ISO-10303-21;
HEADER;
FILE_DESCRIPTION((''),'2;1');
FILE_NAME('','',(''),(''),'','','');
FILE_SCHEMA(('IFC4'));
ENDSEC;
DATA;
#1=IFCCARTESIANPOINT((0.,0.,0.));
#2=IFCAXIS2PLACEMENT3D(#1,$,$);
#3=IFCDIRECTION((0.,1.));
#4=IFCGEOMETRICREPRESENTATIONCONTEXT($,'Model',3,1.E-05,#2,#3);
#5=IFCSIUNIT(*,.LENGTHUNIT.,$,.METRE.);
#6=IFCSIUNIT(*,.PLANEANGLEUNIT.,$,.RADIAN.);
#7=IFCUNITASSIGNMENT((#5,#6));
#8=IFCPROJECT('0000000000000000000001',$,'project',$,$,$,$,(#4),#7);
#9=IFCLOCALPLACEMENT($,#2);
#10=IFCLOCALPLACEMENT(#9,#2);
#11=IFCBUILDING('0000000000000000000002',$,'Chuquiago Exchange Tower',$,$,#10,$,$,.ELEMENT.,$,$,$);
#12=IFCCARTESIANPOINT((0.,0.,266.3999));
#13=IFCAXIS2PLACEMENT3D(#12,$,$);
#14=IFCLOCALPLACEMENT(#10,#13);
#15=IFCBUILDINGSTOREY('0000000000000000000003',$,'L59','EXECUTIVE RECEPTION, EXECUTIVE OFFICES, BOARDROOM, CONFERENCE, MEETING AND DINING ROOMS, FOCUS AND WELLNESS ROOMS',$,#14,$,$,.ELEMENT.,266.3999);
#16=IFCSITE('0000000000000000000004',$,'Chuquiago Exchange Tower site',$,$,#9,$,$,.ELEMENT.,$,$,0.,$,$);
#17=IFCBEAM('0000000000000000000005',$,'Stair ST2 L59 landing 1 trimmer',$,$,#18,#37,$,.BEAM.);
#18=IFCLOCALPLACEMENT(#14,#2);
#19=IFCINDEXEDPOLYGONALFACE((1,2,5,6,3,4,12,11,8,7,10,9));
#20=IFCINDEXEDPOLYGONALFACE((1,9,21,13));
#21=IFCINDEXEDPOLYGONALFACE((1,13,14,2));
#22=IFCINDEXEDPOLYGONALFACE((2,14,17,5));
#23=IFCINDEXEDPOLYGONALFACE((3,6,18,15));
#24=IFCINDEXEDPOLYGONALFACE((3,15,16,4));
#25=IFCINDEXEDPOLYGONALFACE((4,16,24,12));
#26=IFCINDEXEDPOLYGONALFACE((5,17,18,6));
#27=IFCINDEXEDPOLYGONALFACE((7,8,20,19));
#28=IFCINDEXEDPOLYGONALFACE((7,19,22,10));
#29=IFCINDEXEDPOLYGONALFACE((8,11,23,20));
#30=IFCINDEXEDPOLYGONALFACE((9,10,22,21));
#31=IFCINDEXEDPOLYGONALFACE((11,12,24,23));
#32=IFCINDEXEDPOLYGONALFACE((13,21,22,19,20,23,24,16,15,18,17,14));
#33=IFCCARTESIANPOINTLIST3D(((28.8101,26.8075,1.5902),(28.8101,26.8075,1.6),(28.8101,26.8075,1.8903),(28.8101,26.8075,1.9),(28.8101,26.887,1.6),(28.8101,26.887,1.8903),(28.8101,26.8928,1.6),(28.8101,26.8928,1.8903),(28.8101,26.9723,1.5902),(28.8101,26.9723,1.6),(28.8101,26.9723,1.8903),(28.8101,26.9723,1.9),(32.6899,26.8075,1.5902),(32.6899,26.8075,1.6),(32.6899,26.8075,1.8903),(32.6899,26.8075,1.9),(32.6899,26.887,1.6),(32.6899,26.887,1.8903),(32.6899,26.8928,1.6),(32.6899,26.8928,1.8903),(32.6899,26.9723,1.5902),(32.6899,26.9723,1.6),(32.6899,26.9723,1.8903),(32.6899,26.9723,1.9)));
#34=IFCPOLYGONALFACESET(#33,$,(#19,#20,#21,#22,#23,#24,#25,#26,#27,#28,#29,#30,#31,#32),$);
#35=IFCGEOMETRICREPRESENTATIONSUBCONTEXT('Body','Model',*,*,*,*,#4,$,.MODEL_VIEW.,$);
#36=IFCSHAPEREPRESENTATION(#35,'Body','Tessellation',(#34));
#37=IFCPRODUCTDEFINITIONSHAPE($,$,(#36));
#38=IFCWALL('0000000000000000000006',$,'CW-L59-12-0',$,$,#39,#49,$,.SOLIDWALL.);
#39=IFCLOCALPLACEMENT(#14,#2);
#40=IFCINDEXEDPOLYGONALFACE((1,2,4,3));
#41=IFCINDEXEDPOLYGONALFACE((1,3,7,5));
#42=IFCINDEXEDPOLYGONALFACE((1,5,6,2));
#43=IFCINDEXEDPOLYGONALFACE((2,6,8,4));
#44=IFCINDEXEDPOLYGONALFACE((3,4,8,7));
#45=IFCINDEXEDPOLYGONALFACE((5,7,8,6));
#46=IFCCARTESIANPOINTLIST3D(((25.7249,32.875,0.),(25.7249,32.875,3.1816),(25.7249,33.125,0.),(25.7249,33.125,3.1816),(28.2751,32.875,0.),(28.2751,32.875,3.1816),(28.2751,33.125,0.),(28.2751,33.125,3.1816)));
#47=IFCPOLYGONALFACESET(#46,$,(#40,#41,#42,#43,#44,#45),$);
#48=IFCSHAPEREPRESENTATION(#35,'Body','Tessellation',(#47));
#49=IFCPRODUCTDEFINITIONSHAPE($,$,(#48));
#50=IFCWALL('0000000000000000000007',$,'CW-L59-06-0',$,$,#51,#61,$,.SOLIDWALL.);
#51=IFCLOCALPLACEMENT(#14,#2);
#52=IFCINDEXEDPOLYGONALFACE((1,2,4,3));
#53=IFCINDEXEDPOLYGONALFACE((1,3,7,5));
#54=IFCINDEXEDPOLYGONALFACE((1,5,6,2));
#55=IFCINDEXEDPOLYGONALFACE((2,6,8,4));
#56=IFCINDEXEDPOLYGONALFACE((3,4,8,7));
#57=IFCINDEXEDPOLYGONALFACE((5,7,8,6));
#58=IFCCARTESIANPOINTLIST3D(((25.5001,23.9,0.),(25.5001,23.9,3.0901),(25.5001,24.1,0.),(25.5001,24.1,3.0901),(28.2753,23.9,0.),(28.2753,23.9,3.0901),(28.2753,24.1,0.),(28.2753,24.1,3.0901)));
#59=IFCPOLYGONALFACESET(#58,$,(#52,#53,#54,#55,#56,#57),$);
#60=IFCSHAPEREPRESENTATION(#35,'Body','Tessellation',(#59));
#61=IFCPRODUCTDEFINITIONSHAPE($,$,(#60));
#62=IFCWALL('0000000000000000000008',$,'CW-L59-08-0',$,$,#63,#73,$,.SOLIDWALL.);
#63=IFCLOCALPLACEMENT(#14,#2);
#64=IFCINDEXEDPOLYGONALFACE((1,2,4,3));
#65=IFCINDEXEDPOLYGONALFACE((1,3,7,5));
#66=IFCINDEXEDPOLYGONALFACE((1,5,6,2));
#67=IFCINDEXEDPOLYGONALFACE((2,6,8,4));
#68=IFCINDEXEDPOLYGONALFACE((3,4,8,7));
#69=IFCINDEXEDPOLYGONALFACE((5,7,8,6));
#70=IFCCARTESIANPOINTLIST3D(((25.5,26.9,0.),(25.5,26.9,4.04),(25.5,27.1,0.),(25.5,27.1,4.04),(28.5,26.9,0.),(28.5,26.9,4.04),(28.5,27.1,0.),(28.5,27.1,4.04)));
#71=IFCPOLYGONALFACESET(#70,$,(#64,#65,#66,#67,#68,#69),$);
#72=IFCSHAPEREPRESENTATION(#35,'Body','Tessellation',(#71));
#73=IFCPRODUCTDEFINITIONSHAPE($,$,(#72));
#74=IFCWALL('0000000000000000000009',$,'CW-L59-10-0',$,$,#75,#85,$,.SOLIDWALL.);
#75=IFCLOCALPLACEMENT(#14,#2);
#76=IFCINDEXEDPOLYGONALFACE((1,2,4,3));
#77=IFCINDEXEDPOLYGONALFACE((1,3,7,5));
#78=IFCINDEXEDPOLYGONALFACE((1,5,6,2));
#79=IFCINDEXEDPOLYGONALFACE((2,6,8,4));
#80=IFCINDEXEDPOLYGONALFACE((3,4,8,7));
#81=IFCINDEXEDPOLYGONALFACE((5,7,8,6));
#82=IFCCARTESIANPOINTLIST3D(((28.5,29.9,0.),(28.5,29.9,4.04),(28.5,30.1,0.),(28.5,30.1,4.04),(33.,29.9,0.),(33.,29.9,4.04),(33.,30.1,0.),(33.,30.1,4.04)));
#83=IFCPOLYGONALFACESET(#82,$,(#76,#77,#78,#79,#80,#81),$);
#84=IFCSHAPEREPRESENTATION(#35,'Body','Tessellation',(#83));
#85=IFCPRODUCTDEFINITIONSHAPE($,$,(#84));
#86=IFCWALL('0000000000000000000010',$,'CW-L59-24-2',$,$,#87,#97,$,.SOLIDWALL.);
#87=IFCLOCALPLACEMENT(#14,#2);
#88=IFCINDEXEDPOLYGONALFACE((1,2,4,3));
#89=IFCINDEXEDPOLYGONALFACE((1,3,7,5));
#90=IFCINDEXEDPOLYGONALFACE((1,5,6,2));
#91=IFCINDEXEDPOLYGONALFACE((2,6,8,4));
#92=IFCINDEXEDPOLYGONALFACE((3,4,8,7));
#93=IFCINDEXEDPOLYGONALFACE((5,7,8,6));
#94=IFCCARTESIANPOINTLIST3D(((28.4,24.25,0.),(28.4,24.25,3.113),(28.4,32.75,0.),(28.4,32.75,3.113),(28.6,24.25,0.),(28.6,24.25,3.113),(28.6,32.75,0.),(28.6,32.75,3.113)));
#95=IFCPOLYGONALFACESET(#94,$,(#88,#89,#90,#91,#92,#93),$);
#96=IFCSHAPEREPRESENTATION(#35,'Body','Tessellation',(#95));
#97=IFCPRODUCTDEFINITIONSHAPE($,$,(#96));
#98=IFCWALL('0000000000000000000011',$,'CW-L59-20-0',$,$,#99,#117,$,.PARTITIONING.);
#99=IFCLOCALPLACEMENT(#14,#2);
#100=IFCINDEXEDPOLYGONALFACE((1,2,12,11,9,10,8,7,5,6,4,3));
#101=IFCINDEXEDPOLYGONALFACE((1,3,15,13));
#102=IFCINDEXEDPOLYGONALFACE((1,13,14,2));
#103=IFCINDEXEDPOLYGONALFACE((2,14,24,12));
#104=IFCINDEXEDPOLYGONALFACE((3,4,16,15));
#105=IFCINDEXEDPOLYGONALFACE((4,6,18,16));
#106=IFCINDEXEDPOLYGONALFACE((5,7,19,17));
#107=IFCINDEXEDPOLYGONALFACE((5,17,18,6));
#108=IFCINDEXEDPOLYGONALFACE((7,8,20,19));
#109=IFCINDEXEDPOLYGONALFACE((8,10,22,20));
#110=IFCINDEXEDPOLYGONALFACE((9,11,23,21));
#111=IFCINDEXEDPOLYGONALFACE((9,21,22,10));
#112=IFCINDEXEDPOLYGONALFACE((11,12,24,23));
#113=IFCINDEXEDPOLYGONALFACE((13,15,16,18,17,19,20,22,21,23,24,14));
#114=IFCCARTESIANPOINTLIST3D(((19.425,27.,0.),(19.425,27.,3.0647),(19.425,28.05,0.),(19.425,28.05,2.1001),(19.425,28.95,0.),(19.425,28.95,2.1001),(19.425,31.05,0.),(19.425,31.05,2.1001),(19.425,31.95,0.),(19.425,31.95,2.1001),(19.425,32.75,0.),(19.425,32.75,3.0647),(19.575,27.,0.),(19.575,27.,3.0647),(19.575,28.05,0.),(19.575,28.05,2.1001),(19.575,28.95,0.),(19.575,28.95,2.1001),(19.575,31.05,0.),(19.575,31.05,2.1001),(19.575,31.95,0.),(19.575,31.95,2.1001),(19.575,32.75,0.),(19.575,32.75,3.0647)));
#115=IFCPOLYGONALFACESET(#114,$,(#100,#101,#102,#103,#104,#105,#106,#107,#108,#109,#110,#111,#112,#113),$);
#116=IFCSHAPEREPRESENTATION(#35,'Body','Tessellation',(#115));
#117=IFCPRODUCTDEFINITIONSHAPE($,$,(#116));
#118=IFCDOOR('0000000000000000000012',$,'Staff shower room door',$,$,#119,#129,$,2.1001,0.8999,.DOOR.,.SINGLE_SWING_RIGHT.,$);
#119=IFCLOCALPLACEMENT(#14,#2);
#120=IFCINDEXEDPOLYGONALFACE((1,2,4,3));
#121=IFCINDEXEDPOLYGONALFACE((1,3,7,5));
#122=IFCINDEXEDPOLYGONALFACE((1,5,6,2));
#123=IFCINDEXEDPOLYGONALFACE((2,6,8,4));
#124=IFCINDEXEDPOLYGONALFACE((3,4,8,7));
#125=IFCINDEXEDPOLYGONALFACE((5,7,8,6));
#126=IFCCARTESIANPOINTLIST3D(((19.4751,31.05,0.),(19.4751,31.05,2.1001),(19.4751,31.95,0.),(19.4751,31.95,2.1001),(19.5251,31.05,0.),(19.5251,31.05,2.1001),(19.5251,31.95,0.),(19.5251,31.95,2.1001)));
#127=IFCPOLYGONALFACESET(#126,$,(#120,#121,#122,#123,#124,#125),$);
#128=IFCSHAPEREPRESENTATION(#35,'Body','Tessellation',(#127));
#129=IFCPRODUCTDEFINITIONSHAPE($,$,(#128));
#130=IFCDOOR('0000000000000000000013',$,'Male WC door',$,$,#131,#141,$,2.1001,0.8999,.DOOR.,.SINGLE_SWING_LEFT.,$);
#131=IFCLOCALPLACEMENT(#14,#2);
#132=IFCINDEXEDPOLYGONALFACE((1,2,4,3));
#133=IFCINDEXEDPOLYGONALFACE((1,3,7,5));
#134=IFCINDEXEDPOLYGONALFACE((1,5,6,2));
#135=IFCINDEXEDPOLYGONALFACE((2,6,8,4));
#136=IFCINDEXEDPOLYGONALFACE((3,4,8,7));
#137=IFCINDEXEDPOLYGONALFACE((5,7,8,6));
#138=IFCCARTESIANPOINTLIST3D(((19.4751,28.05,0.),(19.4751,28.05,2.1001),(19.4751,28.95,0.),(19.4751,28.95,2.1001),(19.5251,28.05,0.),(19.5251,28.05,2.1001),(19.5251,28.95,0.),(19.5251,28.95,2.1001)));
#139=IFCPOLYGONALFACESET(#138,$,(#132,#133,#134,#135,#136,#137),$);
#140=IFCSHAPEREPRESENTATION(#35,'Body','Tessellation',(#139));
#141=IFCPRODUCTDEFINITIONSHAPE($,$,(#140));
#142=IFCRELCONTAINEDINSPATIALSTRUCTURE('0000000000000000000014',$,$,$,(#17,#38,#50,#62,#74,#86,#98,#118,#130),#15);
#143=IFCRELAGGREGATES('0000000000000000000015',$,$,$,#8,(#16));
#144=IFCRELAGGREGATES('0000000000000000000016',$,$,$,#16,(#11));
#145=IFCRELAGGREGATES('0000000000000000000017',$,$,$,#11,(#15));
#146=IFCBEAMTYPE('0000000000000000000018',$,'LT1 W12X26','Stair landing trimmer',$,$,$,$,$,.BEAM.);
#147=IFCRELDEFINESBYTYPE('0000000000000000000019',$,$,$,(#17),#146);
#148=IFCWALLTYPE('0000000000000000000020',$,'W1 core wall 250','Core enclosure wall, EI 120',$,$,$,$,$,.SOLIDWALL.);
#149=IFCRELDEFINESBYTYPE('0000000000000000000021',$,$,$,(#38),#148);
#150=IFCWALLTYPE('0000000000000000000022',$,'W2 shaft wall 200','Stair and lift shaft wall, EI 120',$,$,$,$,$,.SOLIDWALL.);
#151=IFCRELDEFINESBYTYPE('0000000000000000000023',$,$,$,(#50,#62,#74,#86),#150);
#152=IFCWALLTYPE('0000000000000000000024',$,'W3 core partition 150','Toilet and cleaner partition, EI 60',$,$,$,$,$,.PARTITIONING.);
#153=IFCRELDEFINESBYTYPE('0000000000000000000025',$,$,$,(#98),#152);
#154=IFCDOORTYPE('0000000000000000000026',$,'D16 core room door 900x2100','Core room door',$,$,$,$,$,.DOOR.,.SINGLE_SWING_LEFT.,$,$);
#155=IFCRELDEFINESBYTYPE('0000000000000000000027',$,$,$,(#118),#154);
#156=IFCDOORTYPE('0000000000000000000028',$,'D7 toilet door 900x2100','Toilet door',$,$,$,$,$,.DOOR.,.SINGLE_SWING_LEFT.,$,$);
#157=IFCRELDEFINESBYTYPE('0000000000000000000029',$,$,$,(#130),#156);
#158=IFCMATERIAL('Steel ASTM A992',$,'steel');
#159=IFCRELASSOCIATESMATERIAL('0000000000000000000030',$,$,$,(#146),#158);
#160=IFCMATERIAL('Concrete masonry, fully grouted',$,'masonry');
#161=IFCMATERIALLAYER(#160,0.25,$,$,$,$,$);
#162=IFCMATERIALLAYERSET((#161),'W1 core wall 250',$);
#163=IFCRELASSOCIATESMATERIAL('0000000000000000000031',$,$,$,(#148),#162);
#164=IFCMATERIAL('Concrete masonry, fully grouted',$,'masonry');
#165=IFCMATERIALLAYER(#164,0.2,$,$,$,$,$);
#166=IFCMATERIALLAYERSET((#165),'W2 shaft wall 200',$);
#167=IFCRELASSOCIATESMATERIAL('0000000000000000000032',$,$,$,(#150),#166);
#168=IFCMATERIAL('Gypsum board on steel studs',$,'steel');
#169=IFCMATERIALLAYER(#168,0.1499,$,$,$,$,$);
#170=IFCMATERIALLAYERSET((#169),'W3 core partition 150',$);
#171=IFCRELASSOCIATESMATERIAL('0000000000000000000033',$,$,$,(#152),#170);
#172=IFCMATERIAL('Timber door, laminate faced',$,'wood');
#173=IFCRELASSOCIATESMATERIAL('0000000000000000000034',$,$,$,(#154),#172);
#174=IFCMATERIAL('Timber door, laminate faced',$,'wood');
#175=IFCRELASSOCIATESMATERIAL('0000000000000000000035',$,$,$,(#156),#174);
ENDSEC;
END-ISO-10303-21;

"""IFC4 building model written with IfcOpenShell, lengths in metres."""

from ifc_helpers import new_model, si_unit, direction, frame, frame_2d, origin, origin_2d, place, context, subcontext, project, spatial, rectangle, i_section, extrude, material, layer, layer_set, material_profile, profile_set, type_object, element, fill, save


model = new_model("IFC4")

# Units and contexts
model_context = context("Model", 3, precision=1e-05, world=origin(), true_north=direction((0.0, 1.0)))
body_context = subcontext(model_context, "Body", "Model", "MODEL_VIEW")
ifc_project = project(units=[si_unit("LENGTHUNIT", "METRE"), si_unit("PLANEANGLEUNIT", "RADIAN")], contexts=[model_context])

# Site, building, storey
site_placement = place(None, origin())
site = spatial("IfcSite", under=ifc_project, at=site_placement, Name="Chuquiago Exchange Tower site", CompositionType="ELEMENT", RefElevation=0.0)
building_placement = place(site_placement, origin())
building = spatial("IfcBuilding", under=site, at=building_placement, Name="Chuquiago Exchange Tower", CompositionType="ELEMENT")
storey_placement = place(building_placement, frame((0.0, 0.0, 266.3999)))
storey = spatial("IfcBuildingStorey", under=building, at=storey_placement, Name="L59", Description="EXECUTIVE RECEPTION, EXECUTIVE OFFICES, BOARDROOM, CONFERENCE, MEETING AND DINING ROOMS, FOCUS AND WELLNESS ROOMS", CompositionType="ELEMENT", Elevation=266.3999)

# Beam
ifc_material_1 = material(Name="Steel ASTM A992", Category="steel")
ifc_material_profile_1 = material_profile(ifc_material_1, i_section(OverallWidth=0.1648, OverallDepth=0.3098, WebThickness=0.0059, FlangeThickness=0.0098, at=origin_2d()), Name="W12X26")
ifc_profile_set_1 = profile_set([ifc_material_profile_1], Name="Steel ASTM A992")
beam_type_1 = type_object("IfcBeamType", Name="LT1 W12X26", Description="Stair landing trimmer", PredefinedType="BEAM", material=ifc_profile_set_1)
for number, where, z_axis, x_axis, name in (
    (1, (28.8101, 26.8899, 1.7451), (1.0, 0.0, 0.0), (0.0, 1.0, 0.0), "Stair ST2 L59 landing 1 trimmer"),
):
    element("IfcBeam", number, at=place(storey_placement, frame(where, z_axis=z_axis, x_axis=x_axis)), inside=storey, type_object=beam_type_1, Name=name, PredefinedType="BEAM", context=body_context, shape_type="SweptSolid", body=[
        extrude(i_section(OverallWidth=0.1648, OverallDepth=0.3098, WebThickness=0.0059, FlangeThickness=0.0098, at=origin_2d()), origin(), (0.0, 0.0, 1.0), 3.8799),
    ])

# Walls
ifc_material_2 = material(Name="Concrete masonry, fully grouted", Category="masonry")
ifc_layer_1 = layer(ifc_material_2, 0.25)
ifc_layer_set_1 = layer_set([ifc_layer_1], Name="W1 core wall 250")
wall_type_1 = type_object("IfcWallType", Name="W1 core wall 250", Description="Core enclosure wall, EI 120", PredefinedType="SOLIDWALL", material=ifc_layer_set_1)
wall_1_placement = place(storey_placement, frame((25.7249, 33.0, 0.0), z_axis=(0.0, 0.0, 1.0), x_axis=(1.0, 0.0, 0.0)))
element("IfcWall", 2, at=wall_1_placement, inside=storey, type_object=wall_type_1, Name="CW-L59-12-0", PredefinedType="SOLIDWALL", context=body_context, shape_type="SweptSolid", body=[
    extrude(rectangle(XDim=2.5503, YDim=0.25, at=frame_2d((1.2751, 0.0))), origin(), (0.0, 0.0, 1.0), 3.1816),
])
ifc_material_3 = material(Name="Concrete masonry, fully grouted", Category="masonry")
ifc_layer_2 = layer(ifc_material_3, 0.2)
ifc_layer_set_2 = layer_set([ifc_layer_2], Name="W2 shaft wall 200")
wall_type_2 = type_object("IfcWallType", Name="W2 shaft wall 200", Description="Stair and lift shaft wall, EI 120", PredefinedType="SOLIDWALL", material=ifc_layer_set_2)
wall_2_placement = place(storey_placement, frame((25.5, 24.0, 0.0), z_axis=(0.0, 0.0, 1.0), x_axis=(1.0, 0.0, 0.0)))
element("IfcWall", 3, at=wall_2_placement, inside=storey, type_object=wall_type_2, Name="CW-L59-06-0", PredefinedType="SOLIDWALL", context=body_context, shape_type="SweptSolid", body=[
    extrude(rectangle(XDim=2.7751, YDim=0.2, at=frame_2d((1.3877, 0.0))), origin(), (0.0, 0.0, 1.0), 3.0901),
])
wall_3_placement = place(storey_placement, frame((25.5, 27.0, 0.0), z_axis=(0.0, 0.0, 1.0), x_axis=(1.0, 0.0, 0.0)))
element("IfcWall", 4, at=wall_3_placement, inside=storey, type_object=wall_type_2, Name="CW-L59-08-0", PredefinedType="SOLIDWALL", context=body_context, shape_type="SweptSolid", body=[
    extrude(rectangle(XDim=3.0, YDim=0.2, at=frame_2d((1.5, 0.0))), origin(), (0.0, 0.0, 1.0), 4.04),
])
wall_4_placement = place(storey_placement, frame((28.5, 30.0, 0.0), z_axis=(0.0, 0.0, 1.0), x_axis=(1.0, 0.0, 0.0)))
element("IfcWall", 5, at=wall_4_placement, inside=storey, type_object=wall_type_2, Name="CW-L59-10-0", PredefinedType="SOLIDWALL", context=body_context, shape_type="SweptSolid", body=[
    extrude(rectangle(XDim=4.5, YDim=0.2, at=frame_2d((2.25, 0.0))), origin(), (0.0, 0.0, 1.0), 4.04),
])
wall_5_placement = place(storey_placement, frame((28.5, 24.25, 0.0), z_axis=(0.0, 0.0, 1.0), x_axis=(0.0, 1.0, 0.0)))
element("IfcWall", 6, at=wall_5_placement, inside=storey, type_object=wall_type_2, Name="CW-L59-24-2", PredefinedType="SOLIDWALL", context=body_context, shape_type="SweptSolid", body=[
    extrude(rectangle(XDim=8.5, YDim=0.2, at=frame_2d((4.25, 0.0))), origin(), (0.0, 0.0, 1.0), 3.113),
])

# Wall, openings, doors
ifc_material_4 = material(Name="Gypsum board on steel studs", Category="steel")
ifc_layer_3 = layer(ifc_material_4, 0.1499)
ifc_layer_set_3 = layer_set([ifc_layer_3], Name="W3 core partition 150")
wall_type_3 = type_object("IfcWallType", Name="W3 core partition 150", Description="Toilet and cleaner partition, EI 60", PredefinedType="PARTITIONING", material=ifc_layer_set_3)
wall_6_placement = place(storey_placement, frame((19.5, 27.0, 0.0), z_axis=(0.0, 0.0, 1.0), x_axis=(0.0, 1.0, 0.0)))
wall_6 = element("IfcWall", 7, at=wall_6_placement, inside=storey, type_object=wall_type_3, Name="CW-L59-20-0", PredefinedType="PARTITIONING", context=body_context, shape_type="SweptSolid", body=[
    extrude(rectangle(XDim=5.75, YDim=0.1499, at=frame_2d((2.875, 0.0))), origin(), (0.0, 0.0, 1.0), 3.0647),
])
opening_1_placement = place(wall_6_placement, frame((1.05, 0.0, 0.0)))
opening_1 = element("IfcOpeningElement", 8, at=opening_1_placement, cuts=wall_6, PredefinedType="OPENING", context=body_context, shape_type="SweptSolid", body=[
    extrude(rectangle(XDim=0.8999, YDim=2.1001, at=frame_2d((0.45, 1.05))), frame((0.0, 0.085, 0.0), z_axis=(0.0, -1.0, 0.0), x_axis=(1.0, 0.0, 0.0)), (0.0, 0.0, 1.0), 0.1699),
])
opening_2_placement = place(wall_6_placement, frame((4.05, 0.0, 0.0)))
opening_2 = element("IfcOpeningElement", 9, at=opening_2_placement, cuts=wall_6, PredefinedType="OPENING", context=body_context, shape_type="SweptSolid", body=[
    extrude(rectangle(XDim=0.8999, YDim=2.1001, at=frame_2d((0.45, 1.05))), frame((0.0, 0.085, 0.0), z_axis=(0.0, -1.0, 0.0), x_axis=(1.0, 0.0, 0.0)), (0.0, 0.0, 1.0), 0.1699),
])
ifc_material_5 = material(Name="Timber door, laminate faced", Category="wood")
door_type_1 = type_object("IfcDoorType", Name="D16 core room door 900x2100", Description="Core room door", OperationType="SINGLE_SWING_LEFT", PredefinedType="DOOR", material=ifc_material_5)
door_1_placement = place(opening_2_placement, origin())
door_1 = element("IfcDoor", 10, at=door_1_placement, inside=storey, type_object=door_type_1, Name="Staff shower room door", OperationType="SINGLE_SWING_RIGHT", OverallHeight=2.1001, OverallWidth=0.8999, PredefinedType="DOOR", context=body_context, shape_type="SweptSolid", body=[
    extrude(rectangle(XDim=0.8999, YDim=2.1001, at=frame_2d((0.45, 1.05))), frame((0.0, 0.0249, 0.0), z_axis=(0.0, -1.0, 0.0), x_axis=(1.0, 0.0, 0.0)), (0.0, 0.0, 1.0), 0.05),
])
fill(opening_2, door_1)
ifc_material_6 = material(Name="Timber door, laminate faced", Category="wood")
door_type_2 = type_object("IfcDoorType", Name="D7 toilet door 900x2100", Description="Toilet door", OperationType="SINGLE_SWING_LEFT", PredefinedType="DOOR", material=ifc_material_6)
door_2_placement = place(opening_1_placement, origin())
door_2 = element("IfcDoor", 11, at=door_2_placement, inside=storey, type_object=door_type_2, Name="Male WC door", OperationType="SINGLE_SWING_LEFT", OverallHeight=2.1001, OverallWidth=0.8999, PredefinedType="DOOR", context=body_context, shape_type="SweptSolid", body=[
    extrude(rectangle(XDim=0.8999, YDim=2.1001, at=frame_2d((0.45, 1.05))), frame((0.0, 0.0249, 0.0), z_axis=(0.0, -1.0, 0.0), x_axis=(1.0, 0.0, 0.0)), (0.0, 0.0, 1.0), 0.05),
])
fill(opening_1, door_2)

save(model, "model.ifc")
